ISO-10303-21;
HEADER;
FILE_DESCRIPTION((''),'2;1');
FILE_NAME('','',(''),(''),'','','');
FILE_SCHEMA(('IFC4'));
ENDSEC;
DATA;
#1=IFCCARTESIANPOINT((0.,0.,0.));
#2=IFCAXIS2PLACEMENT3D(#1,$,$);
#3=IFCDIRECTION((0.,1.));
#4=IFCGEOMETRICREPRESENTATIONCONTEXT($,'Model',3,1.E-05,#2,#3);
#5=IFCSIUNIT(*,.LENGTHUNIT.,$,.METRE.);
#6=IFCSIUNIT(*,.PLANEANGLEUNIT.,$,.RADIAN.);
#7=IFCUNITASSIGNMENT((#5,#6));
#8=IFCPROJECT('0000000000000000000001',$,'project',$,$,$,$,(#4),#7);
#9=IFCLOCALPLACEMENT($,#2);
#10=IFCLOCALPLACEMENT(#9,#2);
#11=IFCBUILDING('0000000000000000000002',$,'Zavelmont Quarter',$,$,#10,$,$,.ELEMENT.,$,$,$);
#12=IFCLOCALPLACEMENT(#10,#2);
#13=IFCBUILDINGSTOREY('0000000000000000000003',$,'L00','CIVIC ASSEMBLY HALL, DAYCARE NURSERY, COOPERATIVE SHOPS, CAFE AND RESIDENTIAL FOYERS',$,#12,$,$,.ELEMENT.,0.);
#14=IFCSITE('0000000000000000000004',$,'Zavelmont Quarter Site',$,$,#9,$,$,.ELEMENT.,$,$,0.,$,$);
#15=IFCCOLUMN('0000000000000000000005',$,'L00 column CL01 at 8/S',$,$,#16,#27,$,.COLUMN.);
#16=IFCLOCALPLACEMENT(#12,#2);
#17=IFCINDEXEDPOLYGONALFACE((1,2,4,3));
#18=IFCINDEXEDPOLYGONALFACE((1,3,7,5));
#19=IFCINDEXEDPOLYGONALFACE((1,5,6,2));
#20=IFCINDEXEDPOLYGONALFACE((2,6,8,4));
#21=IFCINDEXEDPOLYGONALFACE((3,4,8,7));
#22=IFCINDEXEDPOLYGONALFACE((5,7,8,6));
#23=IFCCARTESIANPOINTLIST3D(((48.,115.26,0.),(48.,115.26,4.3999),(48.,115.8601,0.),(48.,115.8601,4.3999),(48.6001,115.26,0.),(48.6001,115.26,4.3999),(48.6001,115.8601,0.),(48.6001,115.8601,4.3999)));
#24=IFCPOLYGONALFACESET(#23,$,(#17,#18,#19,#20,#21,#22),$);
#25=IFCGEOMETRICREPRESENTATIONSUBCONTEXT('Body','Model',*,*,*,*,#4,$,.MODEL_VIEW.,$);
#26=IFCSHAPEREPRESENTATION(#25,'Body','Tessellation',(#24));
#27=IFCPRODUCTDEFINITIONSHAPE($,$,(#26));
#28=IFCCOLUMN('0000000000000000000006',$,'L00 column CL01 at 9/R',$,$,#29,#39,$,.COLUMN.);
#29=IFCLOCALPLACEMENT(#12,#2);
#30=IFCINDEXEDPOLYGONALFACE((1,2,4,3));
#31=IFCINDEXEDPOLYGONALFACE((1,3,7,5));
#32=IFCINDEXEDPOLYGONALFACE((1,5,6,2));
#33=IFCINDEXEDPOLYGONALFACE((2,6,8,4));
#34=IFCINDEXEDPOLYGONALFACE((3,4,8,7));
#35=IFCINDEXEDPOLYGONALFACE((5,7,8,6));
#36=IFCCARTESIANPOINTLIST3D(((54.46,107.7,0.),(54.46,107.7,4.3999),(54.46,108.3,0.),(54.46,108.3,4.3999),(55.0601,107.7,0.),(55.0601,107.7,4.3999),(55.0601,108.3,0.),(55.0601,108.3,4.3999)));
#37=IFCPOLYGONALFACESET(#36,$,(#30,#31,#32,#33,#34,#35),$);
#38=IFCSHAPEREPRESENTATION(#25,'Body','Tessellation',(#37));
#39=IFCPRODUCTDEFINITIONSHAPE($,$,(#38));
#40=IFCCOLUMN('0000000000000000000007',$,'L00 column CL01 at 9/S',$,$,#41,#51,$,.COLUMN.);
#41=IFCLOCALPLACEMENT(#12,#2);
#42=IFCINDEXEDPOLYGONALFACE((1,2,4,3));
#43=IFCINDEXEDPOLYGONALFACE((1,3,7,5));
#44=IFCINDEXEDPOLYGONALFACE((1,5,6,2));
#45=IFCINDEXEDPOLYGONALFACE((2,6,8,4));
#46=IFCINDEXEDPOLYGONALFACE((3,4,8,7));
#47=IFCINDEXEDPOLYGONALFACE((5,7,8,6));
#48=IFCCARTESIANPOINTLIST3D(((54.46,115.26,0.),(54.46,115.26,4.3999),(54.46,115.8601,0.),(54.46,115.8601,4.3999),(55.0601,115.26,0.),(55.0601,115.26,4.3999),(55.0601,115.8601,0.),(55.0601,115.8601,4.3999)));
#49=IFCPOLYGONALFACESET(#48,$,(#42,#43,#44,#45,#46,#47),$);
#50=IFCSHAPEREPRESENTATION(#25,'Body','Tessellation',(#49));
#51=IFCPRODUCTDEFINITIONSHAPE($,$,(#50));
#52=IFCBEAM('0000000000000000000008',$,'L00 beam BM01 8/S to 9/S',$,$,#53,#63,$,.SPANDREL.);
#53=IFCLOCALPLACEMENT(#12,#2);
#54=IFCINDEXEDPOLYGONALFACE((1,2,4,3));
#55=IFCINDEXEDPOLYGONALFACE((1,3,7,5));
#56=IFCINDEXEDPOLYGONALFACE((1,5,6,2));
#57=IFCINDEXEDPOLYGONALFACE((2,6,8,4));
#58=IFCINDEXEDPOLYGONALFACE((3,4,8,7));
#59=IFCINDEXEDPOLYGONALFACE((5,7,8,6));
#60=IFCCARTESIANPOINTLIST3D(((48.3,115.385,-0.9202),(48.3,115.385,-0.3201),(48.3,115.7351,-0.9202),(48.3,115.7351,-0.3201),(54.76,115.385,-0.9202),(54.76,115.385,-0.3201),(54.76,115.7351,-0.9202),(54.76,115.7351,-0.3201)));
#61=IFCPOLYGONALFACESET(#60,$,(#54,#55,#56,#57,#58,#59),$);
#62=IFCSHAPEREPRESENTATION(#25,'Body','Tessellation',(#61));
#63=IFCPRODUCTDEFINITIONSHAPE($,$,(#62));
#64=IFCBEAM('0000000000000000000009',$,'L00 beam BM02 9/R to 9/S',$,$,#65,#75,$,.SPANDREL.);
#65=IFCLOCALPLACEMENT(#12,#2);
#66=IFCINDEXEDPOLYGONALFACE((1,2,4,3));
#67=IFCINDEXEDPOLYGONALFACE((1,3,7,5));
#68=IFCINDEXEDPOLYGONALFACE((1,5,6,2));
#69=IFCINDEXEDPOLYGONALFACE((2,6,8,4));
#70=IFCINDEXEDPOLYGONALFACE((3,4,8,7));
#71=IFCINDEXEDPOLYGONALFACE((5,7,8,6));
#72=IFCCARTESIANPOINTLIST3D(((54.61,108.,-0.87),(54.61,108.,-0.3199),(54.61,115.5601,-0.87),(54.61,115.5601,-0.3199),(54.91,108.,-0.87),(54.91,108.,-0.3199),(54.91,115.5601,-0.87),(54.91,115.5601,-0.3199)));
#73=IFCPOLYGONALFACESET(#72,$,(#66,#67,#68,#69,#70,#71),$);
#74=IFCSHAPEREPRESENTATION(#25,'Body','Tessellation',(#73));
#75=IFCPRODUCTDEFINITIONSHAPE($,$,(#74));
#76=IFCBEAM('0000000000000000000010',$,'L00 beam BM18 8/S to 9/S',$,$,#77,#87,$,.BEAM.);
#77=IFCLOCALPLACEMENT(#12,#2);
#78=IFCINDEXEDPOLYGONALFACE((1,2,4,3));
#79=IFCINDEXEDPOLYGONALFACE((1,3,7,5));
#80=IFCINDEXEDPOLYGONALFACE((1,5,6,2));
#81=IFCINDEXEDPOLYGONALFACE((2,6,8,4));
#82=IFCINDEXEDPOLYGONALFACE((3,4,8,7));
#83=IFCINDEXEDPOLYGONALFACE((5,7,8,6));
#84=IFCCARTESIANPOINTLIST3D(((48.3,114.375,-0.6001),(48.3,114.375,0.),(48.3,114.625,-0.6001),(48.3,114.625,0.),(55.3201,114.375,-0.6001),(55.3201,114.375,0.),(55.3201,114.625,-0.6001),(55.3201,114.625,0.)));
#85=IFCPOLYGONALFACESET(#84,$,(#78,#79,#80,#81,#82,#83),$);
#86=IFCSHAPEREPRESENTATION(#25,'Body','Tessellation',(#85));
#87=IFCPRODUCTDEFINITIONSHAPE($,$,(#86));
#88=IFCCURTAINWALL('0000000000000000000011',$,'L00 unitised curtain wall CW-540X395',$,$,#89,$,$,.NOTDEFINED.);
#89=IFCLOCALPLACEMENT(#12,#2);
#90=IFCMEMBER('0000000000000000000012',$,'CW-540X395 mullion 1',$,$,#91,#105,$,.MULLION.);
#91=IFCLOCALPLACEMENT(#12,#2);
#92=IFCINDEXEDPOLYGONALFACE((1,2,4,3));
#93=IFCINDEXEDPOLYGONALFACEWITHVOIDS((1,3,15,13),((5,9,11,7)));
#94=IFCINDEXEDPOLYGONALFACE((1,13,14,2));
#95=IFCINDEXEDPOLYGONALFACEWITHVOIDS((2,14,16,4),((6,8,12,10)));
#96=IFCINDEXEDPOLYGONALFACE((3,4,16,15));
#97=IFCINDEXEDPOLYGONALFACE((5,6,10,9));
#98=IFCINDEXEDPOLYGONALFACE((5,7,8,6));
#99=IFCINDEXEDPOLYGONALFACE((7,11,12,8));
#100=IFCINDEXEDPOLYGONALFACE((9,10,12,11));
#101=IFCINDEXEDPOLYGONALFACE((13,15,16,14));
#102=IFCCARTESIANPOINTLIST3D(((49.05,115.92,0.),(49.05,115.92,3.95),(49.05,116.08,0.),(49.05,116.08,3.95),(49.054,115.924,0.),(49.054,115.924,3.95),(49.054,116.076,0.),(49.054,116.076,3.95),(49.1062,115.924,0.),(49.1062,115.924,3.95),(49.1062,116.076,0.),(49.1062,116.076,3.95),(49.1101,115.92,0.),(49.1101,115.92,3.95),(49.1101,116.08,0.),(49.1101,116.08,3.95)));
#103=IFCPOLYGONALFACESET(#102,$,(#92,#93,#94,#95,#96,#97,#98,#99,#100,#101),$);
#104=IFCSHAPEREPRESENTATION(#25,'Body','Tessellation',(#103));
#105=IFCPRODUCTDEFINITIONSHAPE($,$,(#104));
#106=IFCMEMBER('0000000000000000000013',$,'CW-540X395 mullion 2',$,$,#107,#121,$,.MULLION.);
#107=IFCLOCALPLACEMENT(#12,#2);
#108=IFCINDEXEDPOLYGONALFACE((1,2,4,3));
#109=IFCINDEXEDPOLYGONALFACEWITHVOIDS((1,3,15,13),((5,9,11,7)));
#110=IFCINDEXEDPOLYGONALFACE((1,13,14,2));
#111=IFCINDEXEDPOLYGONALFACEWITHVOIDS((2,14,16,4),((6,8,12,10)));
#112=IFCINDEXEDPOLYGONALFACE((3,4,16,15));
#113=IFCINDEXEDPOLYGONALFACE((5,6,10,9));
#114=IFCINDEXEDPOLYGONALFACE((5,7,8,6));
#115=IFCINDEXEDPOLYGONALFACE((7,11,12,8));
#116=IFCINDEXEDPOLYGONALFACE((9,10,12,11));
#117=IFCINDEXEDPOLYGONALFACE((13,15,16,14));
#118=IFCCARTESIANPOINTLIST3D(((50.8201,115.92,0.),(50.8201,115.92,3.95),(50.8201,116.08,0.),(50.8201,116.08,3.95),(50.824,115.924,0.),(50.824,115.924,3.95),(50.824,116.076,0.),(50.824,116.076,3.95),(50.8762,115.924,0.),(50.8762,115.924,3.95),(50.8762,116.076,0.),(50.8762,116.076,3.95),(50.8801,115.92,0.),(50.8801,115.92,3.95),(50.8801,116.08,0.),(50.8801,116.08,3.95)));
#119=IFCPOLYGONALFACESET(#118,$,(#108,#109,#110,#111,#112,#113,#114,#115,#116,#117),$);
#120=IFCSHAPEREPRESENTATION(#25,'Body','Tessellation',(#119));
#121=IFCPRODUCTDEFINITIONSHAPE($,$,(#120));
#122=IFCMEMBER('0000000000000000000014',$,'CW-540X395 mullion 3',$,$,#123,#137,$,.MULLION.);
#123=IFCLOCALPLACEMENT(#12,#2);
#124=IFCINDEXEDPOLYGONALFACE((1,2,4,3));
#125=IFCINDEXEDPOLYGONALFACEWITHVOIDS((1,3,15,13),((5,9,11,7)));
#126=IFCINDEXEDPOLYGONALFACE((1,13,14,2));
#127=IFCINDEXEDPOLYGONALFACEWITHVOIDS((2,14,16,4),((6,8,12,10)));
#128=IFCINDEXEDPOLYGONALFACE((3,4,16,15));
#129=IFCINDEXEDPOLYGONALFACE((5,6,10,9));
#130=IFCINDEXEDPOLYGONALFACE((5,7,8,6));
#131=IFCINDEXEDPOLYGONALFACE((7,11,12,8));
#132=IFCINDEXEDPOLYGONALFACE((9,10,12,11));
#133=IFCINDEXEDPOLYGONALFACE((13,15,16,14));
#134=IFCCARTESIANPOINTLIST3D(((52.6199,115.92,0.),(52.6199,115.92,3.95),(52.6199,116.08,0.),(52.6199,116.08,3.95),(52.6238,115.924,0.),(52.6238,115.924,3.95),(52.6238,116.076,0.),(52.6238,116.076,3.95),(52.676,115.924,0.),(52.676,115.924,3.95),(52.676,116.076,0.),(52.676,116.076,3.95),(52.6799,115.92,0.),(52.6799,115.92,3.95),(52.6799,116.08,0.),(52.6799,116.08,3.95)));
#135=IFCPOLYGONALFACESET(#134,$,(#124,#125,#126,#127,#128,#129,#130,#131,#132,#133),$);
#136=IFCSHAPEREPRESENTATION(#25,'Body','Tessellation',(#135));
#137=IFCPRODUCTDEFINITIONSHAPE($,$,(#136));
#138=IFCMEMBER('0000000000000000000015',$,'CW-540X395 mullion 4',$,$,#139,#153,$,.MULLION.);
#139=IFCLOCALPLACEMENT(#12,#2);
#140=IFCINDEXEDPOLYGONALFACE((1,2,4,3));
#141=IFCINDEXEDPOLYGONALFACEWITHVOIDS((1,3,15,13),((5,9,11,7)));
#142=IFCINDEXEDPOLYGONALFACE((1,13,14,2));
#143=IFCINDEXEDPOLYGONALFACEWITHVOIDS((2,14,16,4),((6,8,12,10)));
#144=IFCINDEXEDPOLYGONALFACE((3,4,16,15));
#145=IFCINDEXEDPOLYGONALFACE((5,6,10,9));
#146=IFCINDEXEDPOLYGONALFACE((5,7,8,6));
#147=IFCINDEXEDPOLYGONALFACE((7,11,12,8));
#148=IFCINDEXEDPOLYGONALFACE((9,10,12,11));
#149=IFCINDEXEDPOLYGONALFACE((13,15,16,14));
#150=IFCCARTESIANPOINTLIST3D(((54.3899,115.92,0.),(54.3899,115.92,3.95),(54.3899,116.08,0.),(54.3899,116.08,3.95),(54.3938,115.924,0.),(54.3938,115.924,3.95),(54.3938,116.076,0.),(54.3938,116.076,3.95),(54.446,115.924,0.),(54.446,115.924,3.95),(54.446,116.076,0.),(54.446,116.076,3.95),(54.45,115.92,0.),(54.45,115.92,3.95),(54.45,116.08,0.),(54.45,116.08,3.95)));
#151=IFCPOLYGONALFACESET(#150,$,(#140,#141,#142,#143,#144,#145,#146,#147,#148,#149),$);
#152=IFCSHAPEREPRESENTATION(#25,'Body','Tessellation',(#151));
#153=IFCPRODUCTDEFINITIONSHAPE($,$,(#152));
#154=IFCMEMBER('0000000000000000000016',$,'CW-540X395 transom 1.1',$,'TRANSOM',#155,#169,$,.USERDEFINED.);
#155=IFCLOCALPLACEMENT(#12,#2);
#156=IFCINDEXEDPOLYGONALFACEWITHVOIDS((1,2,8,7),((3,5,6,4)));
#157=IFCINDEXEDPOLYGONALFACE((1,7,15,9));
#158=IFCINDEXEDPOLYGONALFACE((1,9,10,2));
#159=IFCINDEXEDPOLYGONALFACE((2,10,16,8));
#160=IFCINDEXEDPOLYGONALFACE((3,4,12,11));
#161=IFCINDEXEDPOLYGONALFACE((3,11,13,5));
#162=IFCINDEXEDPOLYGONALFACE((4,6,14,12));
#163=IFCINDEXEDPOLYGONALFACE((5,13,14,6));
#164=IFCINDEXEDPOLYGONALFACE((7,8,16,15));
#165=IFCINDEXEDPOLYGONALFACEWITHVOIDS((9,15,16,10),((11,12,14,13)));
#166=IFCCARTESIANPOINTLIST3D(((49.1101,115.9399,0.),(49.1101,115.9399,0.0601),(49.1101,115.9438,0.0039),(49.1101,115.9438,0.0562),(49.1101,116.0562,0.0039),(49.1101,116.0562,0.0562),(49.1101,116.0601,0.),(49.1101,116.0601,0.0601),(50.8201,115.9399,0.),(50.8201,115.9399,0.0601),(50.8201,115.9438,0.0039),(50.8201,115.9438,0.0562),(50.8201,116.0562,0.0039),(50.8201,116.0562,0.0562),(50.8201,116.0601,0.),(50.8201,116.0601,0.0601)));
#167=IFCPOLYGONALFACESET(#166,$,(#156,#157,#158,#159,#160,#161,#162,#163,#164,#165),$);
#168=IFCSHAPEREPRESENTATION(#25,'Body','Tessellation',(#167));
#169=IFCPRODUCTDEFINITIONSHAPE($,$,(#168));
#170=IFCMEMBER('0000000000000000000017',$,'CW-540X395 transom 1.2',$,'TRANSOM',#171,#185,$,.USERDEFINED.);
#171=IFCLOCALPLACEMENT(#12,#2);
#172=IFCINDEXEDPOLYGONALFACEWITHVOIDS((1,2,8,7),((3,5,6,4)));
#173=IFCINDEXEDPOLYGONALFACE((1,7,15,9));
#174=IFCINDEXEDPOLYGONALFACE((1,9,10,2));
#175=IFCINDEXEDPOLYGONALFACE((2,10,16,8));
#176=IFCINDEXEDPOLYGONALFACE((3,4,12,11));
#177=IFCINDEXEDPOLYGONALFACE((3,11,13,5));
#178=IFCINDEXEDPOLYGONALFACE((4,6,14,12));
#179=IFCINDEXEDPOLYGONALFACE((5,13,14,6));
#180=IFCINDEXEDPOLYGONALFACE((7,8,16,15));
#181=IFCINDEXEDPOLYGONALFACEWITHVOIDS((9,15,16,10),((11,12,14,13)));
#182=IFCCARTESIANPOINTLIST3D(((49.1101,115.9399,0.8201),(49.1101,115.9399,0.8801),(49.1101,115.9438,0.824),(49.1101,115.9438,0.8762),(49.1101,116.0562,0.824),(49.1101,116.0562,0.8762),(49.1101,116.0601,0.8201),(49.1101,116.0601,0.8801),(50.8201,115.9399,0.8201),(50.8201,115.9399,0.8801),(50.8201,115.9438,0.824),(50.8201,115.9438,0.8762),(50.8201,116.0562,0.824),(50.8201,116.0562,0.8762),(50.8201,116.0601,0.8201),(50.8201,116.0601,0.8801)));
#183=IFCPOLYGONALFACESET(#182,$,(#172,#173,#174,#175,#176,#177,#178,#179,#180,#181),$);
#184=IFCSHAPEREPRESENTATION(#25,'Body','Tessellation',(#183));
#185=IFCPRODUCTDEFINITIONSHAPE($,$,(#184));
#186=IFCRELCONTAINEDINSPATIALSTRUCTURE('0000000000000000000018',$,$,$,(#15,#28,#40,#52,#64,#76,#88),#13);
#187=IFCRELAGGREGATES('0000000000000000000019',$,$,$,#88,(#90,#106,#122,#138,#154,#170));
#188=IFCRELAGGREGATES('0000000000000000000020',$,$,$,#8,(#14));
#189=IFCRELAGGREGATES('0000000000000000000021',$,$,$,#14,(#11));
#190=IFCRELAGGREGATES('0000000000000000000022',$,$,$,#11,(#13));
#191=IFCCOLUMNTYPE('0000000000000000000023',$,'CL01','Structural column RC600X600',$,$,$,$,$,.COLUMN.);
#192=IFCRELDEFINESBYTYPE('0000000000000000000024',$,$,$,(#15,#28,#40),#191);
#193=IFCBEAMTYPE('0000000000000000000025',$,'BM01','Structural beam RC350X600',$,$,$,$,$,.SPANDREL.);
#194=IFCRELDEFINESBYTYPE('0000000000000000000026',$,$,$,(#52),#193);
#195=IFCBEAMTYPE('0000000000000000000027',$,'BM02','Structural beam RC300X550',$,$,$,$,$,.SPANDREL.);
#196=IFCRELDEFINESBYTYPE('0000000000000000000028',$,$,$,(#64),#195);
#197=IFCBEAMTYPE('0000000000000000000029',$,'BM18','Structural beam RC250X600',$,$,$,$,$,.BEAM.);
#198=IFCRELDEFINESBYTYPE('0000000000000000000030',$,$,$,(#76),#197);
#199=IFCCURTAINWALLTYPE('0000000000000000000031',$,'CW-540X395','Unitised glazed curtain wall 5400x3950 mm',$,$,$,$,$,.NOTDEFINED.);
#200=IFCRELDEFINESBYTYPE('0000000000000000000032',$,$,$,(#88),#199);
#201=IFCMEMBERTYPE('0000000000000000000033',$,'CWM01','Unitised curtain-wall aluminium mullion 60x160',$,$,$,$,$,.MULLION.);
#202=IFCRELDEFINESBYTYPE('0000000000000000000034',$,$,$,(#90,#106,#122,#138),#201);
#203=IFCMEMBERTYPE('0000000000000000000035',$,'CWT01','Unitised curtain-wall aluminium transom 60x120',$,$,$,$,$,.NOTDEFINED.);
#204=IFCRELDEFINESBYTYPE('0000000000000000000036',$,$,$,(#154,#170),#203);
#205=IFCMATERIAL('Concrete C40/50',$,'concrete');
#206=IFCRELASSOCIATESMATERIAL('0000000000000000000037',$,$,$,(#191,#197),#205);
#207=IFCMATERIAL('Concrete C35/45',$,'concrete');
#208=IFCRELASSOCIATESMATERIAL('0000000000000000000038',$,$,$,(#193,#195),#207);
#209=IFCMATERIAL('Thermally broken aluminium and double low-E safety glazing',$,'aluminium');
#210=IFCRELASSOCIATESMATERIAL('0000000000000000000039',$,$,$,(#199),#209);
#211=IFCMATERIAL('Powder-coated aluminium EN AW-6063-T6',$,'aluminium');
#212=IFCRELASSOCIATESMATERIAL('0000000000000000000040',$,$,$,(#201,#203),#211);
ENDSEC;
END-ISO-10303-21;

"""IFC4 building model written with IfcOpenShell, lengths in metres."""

from ifc_helpers import new_model, si_unit, direction, frame, origin, origin_2d, place, context, subcontext, project, spatial, rectangle, hollow_rectangle, extrude, material, material_profile, profile_set, type_object, element, aggregate, save


model = new_model("IFC4")

# Units and contexts
model_context = context("Model", 3, precision=1e-05, world=origin(), true_north=direction((0.0, 1.0)))
body_context = subcontext(model_context, "Body", "Model", "MODEL_VIEW")
ifc_project = project(units=[si_unit("LENGTHUNIT", "METRE"), si_unit("PLANEANGLEUNIT", "RADIAN")], contexts=[model_context])

# Site, building, storey
site_placement = place(None, origin())
site = spatial("IfcSite", under=ifc_project, at=site_placement, Name="Zavelmont Quarter Site", CompositionType="ELEMENT", RefElevation=0.0)
building_placement = place(site_placement, origin())
building = spatial("IfcBuilding", under=site, at=building_placement, Name="Zavelmont Quarter", CompositionType="ELEMENT")
storey_placement = place(building_placement, origin())
storey = spatial("IfcBuildingStorey", under=building, at=storey_placement, Name="L00", Description="CIVIC ASSEMBLY HALL, DAYCARE NURSERY, COOPERATIVE SHOPS, CAFE AND RESIDENTIAL FOYERS", CompositionType="ELEMENT", Elevation=0.0)

# Columns
ifc_material_1 = material(Name="Concrete C40/50", Category="concrete")
ifc_material_profile_1 = material_profile(ifc_material_1, rectangle(XDim=0.6001, YDim=0.6001, at=origin_2d()), Name="RC600X600")
ifc_profile_set_1 = profile_set([ifc_material_profile_1], Name="Concrete C40/50")
column_type = type_object("IfcColumnType", Name="CL01", Description="Structural column RC600X600", PredefinedType="COLUMN", material=ifc_profile_set_1)
for number, where, z_axis, x_axis, name in (
    (1, (48.3, 115.5601, 0.0), (0.0, 0.0, 1.0), (1.0, 0.0, 0.0), "L00 column CL01 at 8/S"),
    (2, (54.76, 108.0, 0.0), (0.0, 0.0, 1.0), (1.0, 0.0, 0.0), "L00 column CL01 at 9/R"),
    (3, (54.76, 115.5601, 0.0), (0.0, 0.0, 1.0), (1.0, 0.0, 0.0), "L00 column CL01 at 9/S"),
):
    element("IfcColumn", number, at=place(storey_placement, frame(where, z_axis=z_axis, x_axis=x_axis)), inside=storey, type_object=column_type, Name=name, PredefinedType="COLUMN", context=body_context, shape_type="SweptSolid", body=[
        extrude(rectangle(XDim=0.6001, YDim=0.6001, at=origin_2d()), origin(), (0.0, 0.0, 1.0), 4.3999),
    ])

# Beams
ifc_material_2 = material(Name="Concrete C35/45", Category="concrete")
ifc_material_profile_2 = material_profile(ifc_material_2, rectangle(XDim=0.3501, YDim=0.6001, at=origin_2d()), Name="RC350X600")
ifc_profile_set_2 = profile_set([ifc_material_profile_2], Name="Concrete C35/45")
beam_type_1 = type_object("IfcBeamType", Name="BM01", Description="Structural beam RC350X600", PredefinedType="SPANDREL", material=ifc_profile_set_2)
beam_1_placement = place(storey_placement, frame((48.3, 115.5601, -0.6201), z_axis=(1.0, 0.0, 0.0), x_axis=(0.0, 1.0, 0.0)))
element("IfcBeam", 4, at=beam_1_placement, inside=storey, type_object=beam_type_1, Name="L00 beam BM01 8/S to 9/S", PredefinedType="SPANDREL", context=body_context, shape_type="SweptSolid", body=[
    extrude(rectangle(XDim=0.3501, YDim=0.6001, at=origin_2d()), origin(), (0.0, 0.0, 1.0), 6.46),
])
ifc_material_profile_3 = material_profile(ifc_material_2, rectangle(XDim=0.3, YDim=0.55, at=origin_2d()), Name="RC300X550")
ifc_profile_set_3 = profile_set([ifc_material_profile_3], Name="Concrete C35/45")
beam_type_2 = type_object("IfcBeamType", Name="BM02", Description="Structural beam RC300X550", PredefinedType="SPANDREL", material=ifc_profile_set_3)
beam_2_placement = place(storey_placement, frame((54.76, 108.0, -0.595), z_axis=(0.0, 1.0, 0.0), x_axis=(-1.0, 0.0, 0.0)))
element("IfcBeam", 5, at=beam_2_placement, inside=storey, type_object=beam_type_2, Name="L00 beam BM02 9/R to 9/S", PredefinedType="SPANDREL", context=body_context, shape_type="SweptSolid", body=[
    extrude(rectangle(XDim=0.3, YDim=0.55, at=origin_2d()), origin(), (0.0, 0.0, 1.0), 7.5601),
])
ifc_material_profile_4 = material_profile(ifc_material_1, rectangle(XDim=0.25, YDim=0.6001, at=origin_2d()), Name="RC250X600")
ifc_profile_set_4 = profile_set([ifc_material_profile_4], Name="Concrete C40/50")
beam_type_3 = type_object("IfcBeamType", Name="BM18", Description="Structural beam RC250X600", PredefinedType="BEAM", material=ifc_profile_set_4)
beam_3_placement = place(storey_placement, frame((48.3, 114.5, -0.3), z_axis=(1.0, 0.0, 0.0), x_axis=(0.0, 1.0, 0.0)))
element("IfcBeam", 6, at=beam_3_placement, inside=storey, type_object=beam_type_3, Name="L00 beam BM18 8/S to 9/S", PredefinedType="BEAM", context=body_context, shape_type="SweptSolid", body=[
    extrude(rectangle(XDim=0.25, YDim=0.6001, at=origin_2d()), origin(), (0.0, 0.0, 1.0), 7.02),
])

# Curtain wall, members
ifc_material_3 = material(Name="Thermally broken aluminium and double low-E safety glazing", Category="aluminium")
curtain_wall_type = type_object("IfcCurtainWallType", Name="CW-540X395", Description="Unitised glazed curtain wall 5400x3950 mm", PredefinedType="NOTDEFINED", material=ifc_material_3)
curtain_wall_placement = place(storey_placement, origin())
curtain_wall = element("IfcCurtainWall", 7, at=curtain_wall_placement, inside=storey, type_object=curtain_wall_type, Name="L00 unitised curtain wall CW-540X395", PredefinedType="NOTDEFINED")
ifc_material_4 = material(Name="Powder-coated aluminium EN AW-6063-T6", Category="aluminium")
ifc_material_profile_5 = material_profile(ifc_material_4, hollow_rectangle(XDim=0.0601, YDim=0.1599, WallThickness=0.0039, at=origin_2d()), Name="CWM60X160")
ifc_profile_set_5 = profile_set([ifc_material_profile_5], Name="Powder-coated aluminium EN AW-6063-T6")
member_type_1 = type_object("IfcMemberType", Name="CWM01", Description="Unitised curtain-wall aluminium mullion 60x160", PredefinedType="MULLION", material=ifc_profile_set_5)
member_1_placement = place(storey_placement, frame((49.0801, 116.0, 0.0), z_axis=(0.0, 0.0, 1.0), x_axis=(1.0, 0.0, 0.0)))
member_1 = element("IfcMember", 8, at=member_1_placement, type_object=member_type_1, Name="CW-540X395 mullion 1", PredefinedType="MULLION", context=body_context, shape_type="SweptSolid", body=[
    extrude(hollow_rectangle(XDim=0.0601, YDim=0.1599, WallThickness=0.0039, at=origin_2d()), origin(), (0.0, 0.0, 1.0), 3.95),
])
member_2_placement = place(storey_placement, frame((50.8501, 116.0, 0.0), z_axis=(0.0, 0.0, 1.0), x_axis=(1.0, 0.0, 0.0)))
member_2 = element("IfcMember", 9, at=member_2_placement, type_object=member_type_1, Name="CW-540X395 mullion 2", PredefinedType="MULLION", context=body_context, shape_type="SweptSolid", body=[
    extrude(hollow_rectangle(XDim=0.0601, YDim=0.1599, WallThickness=0.0039, at=origin_2d()), origin(), (0.0, 0.0, 1.0), 3.95),
])
member_3_placement = place(storey_placement, frame((52.6499, 116.0, 0.0), z_axis=(0.0, 0.0, 1.0), x_axis=(1.0, 0.0, 0.0)))
member_3 = element("IfcMember", 10, at=member_3_placement, type_object=member_type_1, Name="CW-540X395 mullion 3", PredefinedType="MULLION", context=body_context, shape_type="SweptSolid", body=[
    extrude(hollow_rectangle(XDim=0.0601, YDim=0.1599, WallThickness=0.0039, at=origin_2d()), origin(), (0.0, 0.0, 1.0), 3.95),
])
member_4_placement = place(storey_placement, frame((54.4199, 116.0, 0.0), z_axis=(0.0, 0.0, 1.0), x_axis=(1.0, 0.0, 0.0)))
member_4 = element("IfcMember", 11, at=member_4_placement, type_object=member_type_1, Name="CW-540X395 mullion 4", PredefinedType="MULLION", context=body_context, shape_type="SweptSolid", body=[
    extrude(hollow_rectangle(XDim=0.0601, YDim=0.1599, WallThickness=0.0039, at=origin_2d()), origin(), (0.0, 0.0, 1.0), 3.95),
])
ifc_material_profile_6 = material_profile(ifc_material_4, hollow_rectangle(XDim=0.1201, YDim=0.0601, WallThickness=0.0039, at=origin_2d()), Name="CWT60X120")
ifc_profile_set_6 = profile_set([ifc_material_profile_6], Name="Powder-coated aluminium EN AW-6063-T6")
member_type_2 = type_object("IfcMemberType", Name="CWT01", Description="Unitised curtain-wall aluminium transom 60x120", PredefinedType="NOTDEFINED", material=ifc_profile_set_6)
member_5_placement = place(storey_placement, frame((49.1101, 116.0, 0.03), z_axis=(1.0, 0.0, 0.0), x_axis=(0.0, 1.0, 0.0)))
member_5 = element("IfcMember", 12, at=member_5_placement, type_object=member_type_2, Name="CW-540X395 transom 1.1", ObjectType="TRANSOM", PredefinedType="USERDEFINED", context=body_context, shape_type="SweptSolid", body=[
    extrude(hollow_rectangle(XDim=0.1201, YDim=0.0601, WallThickness=0.0039, at=origin_2d()), origin(), (0.0, 0.0, 1.0), 1.71),
])
member_6_placement = place(storey_placement, frame((49.1101, 116.0, 0.8501), z_axis=(1.0, 0.0, 0.0), x_axis=(0.0, 1.0, 0.0)))
member_6 = element("IfcMember", 13, at=member_6_placement, type_object=member_type_2, Name="CW-540X395 transom 1.2", ObjectType="TRANSOM", PredefinedType="USERDEFINED", context=body_context, shape_type="SweptSolid", body=[
    extrude(hollow_rectangle(XDim=0.1201, YDim=0.0601, WallThickness=0.0039, at=origin_2d()), origin(), (0.0, 0.0, 1.0), 1.71),
])

aggregate(curtain_wall, [member_1, member_2, member_3, member_4, member_5, member_6])

save(model, "model.ifc")
